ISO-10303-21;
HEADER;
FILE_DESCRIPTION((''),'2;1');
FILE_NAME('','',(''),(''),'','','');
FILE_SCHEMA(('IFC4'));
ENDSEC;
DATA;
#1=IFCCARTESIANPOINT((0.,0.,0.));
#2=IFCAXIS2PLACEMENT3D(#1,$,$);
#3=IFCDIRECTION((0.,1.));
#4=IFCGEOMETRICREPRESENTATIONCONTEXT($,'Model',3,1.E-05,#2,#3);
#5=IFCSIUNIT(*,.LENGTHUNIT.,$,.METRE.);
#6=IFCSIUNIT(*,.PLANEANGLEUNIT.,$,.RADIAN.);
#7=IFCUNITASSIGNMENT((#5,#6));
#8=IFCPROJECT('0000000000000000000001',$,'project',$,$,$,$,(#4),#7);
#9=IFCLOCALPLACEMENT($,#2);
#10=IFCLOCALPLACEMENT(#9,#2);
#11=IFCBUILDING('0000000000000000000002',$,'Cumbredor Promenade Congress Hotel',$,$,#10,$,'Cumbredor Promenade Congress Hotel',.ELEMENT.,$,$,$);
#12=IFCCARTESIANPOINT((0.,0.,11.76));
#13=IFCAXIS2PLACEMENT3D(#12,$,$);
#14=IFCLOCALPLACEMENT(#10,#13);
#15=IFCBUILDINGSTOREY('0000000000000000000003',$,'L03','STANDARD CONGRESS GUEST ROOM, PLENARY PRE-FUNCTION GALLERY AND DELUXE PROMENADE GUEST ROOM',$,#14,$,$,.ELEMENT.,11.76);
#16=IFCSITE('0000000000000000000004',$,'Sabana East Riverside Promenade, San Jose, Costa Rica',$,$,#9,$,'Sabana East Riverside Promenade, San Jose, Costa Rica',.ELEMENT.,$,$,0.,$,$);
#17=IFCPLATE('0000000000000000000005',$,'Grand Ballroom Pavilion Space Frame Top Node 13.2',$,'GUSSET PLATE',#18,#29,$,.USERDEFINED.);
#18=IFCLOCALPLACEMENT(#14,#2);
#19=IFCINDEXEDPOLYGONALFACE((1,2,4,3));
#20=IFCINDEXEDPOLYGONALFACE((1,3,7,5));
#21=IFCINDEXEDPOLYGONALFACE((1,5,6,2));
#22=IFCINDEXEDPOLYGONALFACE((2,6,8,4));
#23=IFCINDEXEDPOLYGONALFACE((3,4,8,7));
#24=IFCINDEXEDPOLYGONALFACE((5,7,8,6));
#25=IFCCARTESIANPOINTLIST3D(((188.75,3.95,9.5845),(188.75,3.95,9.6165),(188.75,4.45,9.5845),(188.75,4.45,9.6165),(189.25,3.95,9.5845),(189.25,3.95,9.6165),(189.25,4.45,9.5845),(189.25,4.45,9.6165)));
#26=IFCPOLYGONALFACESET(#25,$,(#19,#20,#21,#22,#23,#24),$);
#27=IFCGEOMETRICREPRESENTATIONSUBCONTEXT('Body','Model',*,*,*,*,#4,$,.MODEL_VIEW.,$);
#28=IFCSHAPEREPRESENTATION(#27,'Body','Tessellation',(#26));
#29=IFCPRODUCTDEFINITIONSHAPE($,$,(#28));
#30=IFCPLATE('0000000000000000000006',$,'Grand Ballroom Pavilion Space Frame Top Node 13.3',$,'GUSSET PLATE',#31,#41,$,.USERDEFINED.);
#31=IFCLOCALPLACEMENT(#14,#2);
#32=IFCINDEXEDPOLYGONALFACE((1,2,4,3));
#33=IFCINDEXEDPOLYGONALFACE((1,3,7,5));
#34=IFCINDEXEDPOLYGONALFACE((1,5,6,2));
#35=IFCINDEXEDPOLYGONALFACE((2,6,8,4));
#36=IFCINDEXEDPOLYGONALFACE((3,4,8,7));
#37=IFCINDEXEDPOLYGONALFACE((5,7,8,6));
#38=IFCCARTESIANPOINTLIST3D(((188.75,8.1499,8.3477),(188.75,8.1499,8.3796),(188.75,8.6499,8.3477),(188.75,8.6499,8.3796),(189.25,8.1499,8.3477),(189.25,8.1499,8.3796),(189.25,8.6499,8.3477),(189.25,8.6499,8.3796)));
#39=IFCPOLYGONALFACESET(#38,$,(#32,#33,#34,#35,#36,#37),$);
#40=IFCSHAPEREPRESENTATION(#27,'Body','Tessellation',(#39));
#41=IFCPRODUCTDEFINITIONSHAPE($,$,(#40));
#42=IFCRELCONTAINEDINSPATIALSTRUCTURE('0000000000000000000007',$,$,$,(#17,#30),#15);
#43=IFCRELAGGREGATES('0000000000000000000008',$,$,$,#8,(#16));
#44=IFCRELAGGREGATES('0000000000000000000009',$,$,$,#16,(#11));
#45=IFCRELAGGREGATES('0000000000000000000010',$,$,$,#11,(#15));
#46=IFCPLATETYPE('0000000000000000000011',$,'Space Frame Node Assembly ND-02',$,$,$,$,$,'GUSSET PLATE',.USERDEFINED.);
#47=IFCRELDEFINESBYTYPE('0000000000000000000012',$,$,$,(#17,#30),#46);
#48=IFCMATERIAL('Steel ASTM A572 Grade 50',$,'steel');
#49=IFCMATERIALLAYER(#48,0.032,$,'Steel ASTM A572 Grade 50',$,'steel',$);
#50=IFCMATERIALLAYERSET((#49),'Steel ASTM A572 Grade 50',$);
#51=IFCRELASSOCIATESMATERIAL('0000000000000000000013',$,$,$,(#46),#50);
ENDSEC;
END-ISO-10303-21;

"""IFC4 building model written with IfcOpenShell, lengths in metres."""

from ifc_helpers import new_model, si_unit, direction, frame, origin, origin_2d, place, context, subcontext, project, spatial, rectangle, extrude, material, layer, layer_set, type_object, element, save


model = new_model("IFC4")

# Units and contexts
model_context = context("Model", 3, precision=1e-05, world=origin(), true_north=direction((0.0, 1.0)))
body_context = subcontext(model_context, "Body", "Model", "MODEL_VIEW")
ifc_project = project(units=[si_unit("LENGTHUNIT", "METRE"), si_unit("PLANEANGLEUNIT", "RADIAN")], contexts=[model_context])

# Site, building, storey
site_placement = place(None, origin())
site = spatial("IfcSite", under=ifc_project, at=site_placement, Name="Sabana East Riverside Promenade, San Jose, Costa Rica", LongName="Sabana East Riverside Promenade, San Jose, Costa Rica", CompositionType="ELEMENT", RefElevation=0.0)
building_placement = place(site_placement, origin())
building = spatial("IfcBuilding", under=site, at=building_placement, Name="Cumbredor Promenade Congress Hotel", LongName="Cumbredor Promenade Congress Hotel", CompositionType="ELEMENT")
storey_placement = place(building_placement, frame((0.0, 0.0, 11.76)))
storey = spatial("IfcBuildingStorey", under=building, at=storey_placement, Name="L03", Description="STANDARD CONGRESS GUEST ROOM, PLENARY PRE-FUNCTION GALLERY AND DELUXE PROMENADE GUEST ROOM", CompositionType="ELEMENT", Elevation=11.76)

# Plates
ifc_material_1 = material(Name="Steel ASTM A572 Grade 50", Category="steel")
ifc_layer_1 = layer(ifc_material_1, 0.032, Name="Steel ASTM A572 Grade 50", Category="steel")
ifc_layer_set_1 = layer_set([ifc_layer_1], Name="Steel ASTM A572 Grade 50")
plate_type_1 = type_object("IfcPlateType", Name="Space Frame Node Assembly ND-02", ElementType="GUSSET PLATE", PredefinedType="USERDEFINED", material=ifc_layer_set_1)
for number, where, z_axis, x_axis, name in (
    (1, (189.0, 4.2, 9.5845), (0.0, 0.0, 1.0), (1.0, 0.0, 0.0), "Grand Ballroom Pavilion Space Frame Top Node 13.2"),
    (2, (189.0, 8.3999, 8.3477), (0.0, 0.0, 1.0), (1.0, 0.0, 0.0), "Grand Ballroom Pavilion Space Frame Top Node 13.3"),
):
    element("IfcPlate", number, at=place(storey_placement, frame(where, z_axis=z_axis, x_axis=x_axis)), inside=storey, type_object=plate_type_1, Name=name, ObjectType="GUSSET PLATE", PredefinedType="USERDEFINED", context=body_context, shape_type="SweptSolid", body=[
        extrude(rectangle(XDim=0.5, YDim=0.5, at=origin_2d()), origin(), (0.0, 0.0, 1.0), 0.032),
    ])

save(model, "model.ifc")
